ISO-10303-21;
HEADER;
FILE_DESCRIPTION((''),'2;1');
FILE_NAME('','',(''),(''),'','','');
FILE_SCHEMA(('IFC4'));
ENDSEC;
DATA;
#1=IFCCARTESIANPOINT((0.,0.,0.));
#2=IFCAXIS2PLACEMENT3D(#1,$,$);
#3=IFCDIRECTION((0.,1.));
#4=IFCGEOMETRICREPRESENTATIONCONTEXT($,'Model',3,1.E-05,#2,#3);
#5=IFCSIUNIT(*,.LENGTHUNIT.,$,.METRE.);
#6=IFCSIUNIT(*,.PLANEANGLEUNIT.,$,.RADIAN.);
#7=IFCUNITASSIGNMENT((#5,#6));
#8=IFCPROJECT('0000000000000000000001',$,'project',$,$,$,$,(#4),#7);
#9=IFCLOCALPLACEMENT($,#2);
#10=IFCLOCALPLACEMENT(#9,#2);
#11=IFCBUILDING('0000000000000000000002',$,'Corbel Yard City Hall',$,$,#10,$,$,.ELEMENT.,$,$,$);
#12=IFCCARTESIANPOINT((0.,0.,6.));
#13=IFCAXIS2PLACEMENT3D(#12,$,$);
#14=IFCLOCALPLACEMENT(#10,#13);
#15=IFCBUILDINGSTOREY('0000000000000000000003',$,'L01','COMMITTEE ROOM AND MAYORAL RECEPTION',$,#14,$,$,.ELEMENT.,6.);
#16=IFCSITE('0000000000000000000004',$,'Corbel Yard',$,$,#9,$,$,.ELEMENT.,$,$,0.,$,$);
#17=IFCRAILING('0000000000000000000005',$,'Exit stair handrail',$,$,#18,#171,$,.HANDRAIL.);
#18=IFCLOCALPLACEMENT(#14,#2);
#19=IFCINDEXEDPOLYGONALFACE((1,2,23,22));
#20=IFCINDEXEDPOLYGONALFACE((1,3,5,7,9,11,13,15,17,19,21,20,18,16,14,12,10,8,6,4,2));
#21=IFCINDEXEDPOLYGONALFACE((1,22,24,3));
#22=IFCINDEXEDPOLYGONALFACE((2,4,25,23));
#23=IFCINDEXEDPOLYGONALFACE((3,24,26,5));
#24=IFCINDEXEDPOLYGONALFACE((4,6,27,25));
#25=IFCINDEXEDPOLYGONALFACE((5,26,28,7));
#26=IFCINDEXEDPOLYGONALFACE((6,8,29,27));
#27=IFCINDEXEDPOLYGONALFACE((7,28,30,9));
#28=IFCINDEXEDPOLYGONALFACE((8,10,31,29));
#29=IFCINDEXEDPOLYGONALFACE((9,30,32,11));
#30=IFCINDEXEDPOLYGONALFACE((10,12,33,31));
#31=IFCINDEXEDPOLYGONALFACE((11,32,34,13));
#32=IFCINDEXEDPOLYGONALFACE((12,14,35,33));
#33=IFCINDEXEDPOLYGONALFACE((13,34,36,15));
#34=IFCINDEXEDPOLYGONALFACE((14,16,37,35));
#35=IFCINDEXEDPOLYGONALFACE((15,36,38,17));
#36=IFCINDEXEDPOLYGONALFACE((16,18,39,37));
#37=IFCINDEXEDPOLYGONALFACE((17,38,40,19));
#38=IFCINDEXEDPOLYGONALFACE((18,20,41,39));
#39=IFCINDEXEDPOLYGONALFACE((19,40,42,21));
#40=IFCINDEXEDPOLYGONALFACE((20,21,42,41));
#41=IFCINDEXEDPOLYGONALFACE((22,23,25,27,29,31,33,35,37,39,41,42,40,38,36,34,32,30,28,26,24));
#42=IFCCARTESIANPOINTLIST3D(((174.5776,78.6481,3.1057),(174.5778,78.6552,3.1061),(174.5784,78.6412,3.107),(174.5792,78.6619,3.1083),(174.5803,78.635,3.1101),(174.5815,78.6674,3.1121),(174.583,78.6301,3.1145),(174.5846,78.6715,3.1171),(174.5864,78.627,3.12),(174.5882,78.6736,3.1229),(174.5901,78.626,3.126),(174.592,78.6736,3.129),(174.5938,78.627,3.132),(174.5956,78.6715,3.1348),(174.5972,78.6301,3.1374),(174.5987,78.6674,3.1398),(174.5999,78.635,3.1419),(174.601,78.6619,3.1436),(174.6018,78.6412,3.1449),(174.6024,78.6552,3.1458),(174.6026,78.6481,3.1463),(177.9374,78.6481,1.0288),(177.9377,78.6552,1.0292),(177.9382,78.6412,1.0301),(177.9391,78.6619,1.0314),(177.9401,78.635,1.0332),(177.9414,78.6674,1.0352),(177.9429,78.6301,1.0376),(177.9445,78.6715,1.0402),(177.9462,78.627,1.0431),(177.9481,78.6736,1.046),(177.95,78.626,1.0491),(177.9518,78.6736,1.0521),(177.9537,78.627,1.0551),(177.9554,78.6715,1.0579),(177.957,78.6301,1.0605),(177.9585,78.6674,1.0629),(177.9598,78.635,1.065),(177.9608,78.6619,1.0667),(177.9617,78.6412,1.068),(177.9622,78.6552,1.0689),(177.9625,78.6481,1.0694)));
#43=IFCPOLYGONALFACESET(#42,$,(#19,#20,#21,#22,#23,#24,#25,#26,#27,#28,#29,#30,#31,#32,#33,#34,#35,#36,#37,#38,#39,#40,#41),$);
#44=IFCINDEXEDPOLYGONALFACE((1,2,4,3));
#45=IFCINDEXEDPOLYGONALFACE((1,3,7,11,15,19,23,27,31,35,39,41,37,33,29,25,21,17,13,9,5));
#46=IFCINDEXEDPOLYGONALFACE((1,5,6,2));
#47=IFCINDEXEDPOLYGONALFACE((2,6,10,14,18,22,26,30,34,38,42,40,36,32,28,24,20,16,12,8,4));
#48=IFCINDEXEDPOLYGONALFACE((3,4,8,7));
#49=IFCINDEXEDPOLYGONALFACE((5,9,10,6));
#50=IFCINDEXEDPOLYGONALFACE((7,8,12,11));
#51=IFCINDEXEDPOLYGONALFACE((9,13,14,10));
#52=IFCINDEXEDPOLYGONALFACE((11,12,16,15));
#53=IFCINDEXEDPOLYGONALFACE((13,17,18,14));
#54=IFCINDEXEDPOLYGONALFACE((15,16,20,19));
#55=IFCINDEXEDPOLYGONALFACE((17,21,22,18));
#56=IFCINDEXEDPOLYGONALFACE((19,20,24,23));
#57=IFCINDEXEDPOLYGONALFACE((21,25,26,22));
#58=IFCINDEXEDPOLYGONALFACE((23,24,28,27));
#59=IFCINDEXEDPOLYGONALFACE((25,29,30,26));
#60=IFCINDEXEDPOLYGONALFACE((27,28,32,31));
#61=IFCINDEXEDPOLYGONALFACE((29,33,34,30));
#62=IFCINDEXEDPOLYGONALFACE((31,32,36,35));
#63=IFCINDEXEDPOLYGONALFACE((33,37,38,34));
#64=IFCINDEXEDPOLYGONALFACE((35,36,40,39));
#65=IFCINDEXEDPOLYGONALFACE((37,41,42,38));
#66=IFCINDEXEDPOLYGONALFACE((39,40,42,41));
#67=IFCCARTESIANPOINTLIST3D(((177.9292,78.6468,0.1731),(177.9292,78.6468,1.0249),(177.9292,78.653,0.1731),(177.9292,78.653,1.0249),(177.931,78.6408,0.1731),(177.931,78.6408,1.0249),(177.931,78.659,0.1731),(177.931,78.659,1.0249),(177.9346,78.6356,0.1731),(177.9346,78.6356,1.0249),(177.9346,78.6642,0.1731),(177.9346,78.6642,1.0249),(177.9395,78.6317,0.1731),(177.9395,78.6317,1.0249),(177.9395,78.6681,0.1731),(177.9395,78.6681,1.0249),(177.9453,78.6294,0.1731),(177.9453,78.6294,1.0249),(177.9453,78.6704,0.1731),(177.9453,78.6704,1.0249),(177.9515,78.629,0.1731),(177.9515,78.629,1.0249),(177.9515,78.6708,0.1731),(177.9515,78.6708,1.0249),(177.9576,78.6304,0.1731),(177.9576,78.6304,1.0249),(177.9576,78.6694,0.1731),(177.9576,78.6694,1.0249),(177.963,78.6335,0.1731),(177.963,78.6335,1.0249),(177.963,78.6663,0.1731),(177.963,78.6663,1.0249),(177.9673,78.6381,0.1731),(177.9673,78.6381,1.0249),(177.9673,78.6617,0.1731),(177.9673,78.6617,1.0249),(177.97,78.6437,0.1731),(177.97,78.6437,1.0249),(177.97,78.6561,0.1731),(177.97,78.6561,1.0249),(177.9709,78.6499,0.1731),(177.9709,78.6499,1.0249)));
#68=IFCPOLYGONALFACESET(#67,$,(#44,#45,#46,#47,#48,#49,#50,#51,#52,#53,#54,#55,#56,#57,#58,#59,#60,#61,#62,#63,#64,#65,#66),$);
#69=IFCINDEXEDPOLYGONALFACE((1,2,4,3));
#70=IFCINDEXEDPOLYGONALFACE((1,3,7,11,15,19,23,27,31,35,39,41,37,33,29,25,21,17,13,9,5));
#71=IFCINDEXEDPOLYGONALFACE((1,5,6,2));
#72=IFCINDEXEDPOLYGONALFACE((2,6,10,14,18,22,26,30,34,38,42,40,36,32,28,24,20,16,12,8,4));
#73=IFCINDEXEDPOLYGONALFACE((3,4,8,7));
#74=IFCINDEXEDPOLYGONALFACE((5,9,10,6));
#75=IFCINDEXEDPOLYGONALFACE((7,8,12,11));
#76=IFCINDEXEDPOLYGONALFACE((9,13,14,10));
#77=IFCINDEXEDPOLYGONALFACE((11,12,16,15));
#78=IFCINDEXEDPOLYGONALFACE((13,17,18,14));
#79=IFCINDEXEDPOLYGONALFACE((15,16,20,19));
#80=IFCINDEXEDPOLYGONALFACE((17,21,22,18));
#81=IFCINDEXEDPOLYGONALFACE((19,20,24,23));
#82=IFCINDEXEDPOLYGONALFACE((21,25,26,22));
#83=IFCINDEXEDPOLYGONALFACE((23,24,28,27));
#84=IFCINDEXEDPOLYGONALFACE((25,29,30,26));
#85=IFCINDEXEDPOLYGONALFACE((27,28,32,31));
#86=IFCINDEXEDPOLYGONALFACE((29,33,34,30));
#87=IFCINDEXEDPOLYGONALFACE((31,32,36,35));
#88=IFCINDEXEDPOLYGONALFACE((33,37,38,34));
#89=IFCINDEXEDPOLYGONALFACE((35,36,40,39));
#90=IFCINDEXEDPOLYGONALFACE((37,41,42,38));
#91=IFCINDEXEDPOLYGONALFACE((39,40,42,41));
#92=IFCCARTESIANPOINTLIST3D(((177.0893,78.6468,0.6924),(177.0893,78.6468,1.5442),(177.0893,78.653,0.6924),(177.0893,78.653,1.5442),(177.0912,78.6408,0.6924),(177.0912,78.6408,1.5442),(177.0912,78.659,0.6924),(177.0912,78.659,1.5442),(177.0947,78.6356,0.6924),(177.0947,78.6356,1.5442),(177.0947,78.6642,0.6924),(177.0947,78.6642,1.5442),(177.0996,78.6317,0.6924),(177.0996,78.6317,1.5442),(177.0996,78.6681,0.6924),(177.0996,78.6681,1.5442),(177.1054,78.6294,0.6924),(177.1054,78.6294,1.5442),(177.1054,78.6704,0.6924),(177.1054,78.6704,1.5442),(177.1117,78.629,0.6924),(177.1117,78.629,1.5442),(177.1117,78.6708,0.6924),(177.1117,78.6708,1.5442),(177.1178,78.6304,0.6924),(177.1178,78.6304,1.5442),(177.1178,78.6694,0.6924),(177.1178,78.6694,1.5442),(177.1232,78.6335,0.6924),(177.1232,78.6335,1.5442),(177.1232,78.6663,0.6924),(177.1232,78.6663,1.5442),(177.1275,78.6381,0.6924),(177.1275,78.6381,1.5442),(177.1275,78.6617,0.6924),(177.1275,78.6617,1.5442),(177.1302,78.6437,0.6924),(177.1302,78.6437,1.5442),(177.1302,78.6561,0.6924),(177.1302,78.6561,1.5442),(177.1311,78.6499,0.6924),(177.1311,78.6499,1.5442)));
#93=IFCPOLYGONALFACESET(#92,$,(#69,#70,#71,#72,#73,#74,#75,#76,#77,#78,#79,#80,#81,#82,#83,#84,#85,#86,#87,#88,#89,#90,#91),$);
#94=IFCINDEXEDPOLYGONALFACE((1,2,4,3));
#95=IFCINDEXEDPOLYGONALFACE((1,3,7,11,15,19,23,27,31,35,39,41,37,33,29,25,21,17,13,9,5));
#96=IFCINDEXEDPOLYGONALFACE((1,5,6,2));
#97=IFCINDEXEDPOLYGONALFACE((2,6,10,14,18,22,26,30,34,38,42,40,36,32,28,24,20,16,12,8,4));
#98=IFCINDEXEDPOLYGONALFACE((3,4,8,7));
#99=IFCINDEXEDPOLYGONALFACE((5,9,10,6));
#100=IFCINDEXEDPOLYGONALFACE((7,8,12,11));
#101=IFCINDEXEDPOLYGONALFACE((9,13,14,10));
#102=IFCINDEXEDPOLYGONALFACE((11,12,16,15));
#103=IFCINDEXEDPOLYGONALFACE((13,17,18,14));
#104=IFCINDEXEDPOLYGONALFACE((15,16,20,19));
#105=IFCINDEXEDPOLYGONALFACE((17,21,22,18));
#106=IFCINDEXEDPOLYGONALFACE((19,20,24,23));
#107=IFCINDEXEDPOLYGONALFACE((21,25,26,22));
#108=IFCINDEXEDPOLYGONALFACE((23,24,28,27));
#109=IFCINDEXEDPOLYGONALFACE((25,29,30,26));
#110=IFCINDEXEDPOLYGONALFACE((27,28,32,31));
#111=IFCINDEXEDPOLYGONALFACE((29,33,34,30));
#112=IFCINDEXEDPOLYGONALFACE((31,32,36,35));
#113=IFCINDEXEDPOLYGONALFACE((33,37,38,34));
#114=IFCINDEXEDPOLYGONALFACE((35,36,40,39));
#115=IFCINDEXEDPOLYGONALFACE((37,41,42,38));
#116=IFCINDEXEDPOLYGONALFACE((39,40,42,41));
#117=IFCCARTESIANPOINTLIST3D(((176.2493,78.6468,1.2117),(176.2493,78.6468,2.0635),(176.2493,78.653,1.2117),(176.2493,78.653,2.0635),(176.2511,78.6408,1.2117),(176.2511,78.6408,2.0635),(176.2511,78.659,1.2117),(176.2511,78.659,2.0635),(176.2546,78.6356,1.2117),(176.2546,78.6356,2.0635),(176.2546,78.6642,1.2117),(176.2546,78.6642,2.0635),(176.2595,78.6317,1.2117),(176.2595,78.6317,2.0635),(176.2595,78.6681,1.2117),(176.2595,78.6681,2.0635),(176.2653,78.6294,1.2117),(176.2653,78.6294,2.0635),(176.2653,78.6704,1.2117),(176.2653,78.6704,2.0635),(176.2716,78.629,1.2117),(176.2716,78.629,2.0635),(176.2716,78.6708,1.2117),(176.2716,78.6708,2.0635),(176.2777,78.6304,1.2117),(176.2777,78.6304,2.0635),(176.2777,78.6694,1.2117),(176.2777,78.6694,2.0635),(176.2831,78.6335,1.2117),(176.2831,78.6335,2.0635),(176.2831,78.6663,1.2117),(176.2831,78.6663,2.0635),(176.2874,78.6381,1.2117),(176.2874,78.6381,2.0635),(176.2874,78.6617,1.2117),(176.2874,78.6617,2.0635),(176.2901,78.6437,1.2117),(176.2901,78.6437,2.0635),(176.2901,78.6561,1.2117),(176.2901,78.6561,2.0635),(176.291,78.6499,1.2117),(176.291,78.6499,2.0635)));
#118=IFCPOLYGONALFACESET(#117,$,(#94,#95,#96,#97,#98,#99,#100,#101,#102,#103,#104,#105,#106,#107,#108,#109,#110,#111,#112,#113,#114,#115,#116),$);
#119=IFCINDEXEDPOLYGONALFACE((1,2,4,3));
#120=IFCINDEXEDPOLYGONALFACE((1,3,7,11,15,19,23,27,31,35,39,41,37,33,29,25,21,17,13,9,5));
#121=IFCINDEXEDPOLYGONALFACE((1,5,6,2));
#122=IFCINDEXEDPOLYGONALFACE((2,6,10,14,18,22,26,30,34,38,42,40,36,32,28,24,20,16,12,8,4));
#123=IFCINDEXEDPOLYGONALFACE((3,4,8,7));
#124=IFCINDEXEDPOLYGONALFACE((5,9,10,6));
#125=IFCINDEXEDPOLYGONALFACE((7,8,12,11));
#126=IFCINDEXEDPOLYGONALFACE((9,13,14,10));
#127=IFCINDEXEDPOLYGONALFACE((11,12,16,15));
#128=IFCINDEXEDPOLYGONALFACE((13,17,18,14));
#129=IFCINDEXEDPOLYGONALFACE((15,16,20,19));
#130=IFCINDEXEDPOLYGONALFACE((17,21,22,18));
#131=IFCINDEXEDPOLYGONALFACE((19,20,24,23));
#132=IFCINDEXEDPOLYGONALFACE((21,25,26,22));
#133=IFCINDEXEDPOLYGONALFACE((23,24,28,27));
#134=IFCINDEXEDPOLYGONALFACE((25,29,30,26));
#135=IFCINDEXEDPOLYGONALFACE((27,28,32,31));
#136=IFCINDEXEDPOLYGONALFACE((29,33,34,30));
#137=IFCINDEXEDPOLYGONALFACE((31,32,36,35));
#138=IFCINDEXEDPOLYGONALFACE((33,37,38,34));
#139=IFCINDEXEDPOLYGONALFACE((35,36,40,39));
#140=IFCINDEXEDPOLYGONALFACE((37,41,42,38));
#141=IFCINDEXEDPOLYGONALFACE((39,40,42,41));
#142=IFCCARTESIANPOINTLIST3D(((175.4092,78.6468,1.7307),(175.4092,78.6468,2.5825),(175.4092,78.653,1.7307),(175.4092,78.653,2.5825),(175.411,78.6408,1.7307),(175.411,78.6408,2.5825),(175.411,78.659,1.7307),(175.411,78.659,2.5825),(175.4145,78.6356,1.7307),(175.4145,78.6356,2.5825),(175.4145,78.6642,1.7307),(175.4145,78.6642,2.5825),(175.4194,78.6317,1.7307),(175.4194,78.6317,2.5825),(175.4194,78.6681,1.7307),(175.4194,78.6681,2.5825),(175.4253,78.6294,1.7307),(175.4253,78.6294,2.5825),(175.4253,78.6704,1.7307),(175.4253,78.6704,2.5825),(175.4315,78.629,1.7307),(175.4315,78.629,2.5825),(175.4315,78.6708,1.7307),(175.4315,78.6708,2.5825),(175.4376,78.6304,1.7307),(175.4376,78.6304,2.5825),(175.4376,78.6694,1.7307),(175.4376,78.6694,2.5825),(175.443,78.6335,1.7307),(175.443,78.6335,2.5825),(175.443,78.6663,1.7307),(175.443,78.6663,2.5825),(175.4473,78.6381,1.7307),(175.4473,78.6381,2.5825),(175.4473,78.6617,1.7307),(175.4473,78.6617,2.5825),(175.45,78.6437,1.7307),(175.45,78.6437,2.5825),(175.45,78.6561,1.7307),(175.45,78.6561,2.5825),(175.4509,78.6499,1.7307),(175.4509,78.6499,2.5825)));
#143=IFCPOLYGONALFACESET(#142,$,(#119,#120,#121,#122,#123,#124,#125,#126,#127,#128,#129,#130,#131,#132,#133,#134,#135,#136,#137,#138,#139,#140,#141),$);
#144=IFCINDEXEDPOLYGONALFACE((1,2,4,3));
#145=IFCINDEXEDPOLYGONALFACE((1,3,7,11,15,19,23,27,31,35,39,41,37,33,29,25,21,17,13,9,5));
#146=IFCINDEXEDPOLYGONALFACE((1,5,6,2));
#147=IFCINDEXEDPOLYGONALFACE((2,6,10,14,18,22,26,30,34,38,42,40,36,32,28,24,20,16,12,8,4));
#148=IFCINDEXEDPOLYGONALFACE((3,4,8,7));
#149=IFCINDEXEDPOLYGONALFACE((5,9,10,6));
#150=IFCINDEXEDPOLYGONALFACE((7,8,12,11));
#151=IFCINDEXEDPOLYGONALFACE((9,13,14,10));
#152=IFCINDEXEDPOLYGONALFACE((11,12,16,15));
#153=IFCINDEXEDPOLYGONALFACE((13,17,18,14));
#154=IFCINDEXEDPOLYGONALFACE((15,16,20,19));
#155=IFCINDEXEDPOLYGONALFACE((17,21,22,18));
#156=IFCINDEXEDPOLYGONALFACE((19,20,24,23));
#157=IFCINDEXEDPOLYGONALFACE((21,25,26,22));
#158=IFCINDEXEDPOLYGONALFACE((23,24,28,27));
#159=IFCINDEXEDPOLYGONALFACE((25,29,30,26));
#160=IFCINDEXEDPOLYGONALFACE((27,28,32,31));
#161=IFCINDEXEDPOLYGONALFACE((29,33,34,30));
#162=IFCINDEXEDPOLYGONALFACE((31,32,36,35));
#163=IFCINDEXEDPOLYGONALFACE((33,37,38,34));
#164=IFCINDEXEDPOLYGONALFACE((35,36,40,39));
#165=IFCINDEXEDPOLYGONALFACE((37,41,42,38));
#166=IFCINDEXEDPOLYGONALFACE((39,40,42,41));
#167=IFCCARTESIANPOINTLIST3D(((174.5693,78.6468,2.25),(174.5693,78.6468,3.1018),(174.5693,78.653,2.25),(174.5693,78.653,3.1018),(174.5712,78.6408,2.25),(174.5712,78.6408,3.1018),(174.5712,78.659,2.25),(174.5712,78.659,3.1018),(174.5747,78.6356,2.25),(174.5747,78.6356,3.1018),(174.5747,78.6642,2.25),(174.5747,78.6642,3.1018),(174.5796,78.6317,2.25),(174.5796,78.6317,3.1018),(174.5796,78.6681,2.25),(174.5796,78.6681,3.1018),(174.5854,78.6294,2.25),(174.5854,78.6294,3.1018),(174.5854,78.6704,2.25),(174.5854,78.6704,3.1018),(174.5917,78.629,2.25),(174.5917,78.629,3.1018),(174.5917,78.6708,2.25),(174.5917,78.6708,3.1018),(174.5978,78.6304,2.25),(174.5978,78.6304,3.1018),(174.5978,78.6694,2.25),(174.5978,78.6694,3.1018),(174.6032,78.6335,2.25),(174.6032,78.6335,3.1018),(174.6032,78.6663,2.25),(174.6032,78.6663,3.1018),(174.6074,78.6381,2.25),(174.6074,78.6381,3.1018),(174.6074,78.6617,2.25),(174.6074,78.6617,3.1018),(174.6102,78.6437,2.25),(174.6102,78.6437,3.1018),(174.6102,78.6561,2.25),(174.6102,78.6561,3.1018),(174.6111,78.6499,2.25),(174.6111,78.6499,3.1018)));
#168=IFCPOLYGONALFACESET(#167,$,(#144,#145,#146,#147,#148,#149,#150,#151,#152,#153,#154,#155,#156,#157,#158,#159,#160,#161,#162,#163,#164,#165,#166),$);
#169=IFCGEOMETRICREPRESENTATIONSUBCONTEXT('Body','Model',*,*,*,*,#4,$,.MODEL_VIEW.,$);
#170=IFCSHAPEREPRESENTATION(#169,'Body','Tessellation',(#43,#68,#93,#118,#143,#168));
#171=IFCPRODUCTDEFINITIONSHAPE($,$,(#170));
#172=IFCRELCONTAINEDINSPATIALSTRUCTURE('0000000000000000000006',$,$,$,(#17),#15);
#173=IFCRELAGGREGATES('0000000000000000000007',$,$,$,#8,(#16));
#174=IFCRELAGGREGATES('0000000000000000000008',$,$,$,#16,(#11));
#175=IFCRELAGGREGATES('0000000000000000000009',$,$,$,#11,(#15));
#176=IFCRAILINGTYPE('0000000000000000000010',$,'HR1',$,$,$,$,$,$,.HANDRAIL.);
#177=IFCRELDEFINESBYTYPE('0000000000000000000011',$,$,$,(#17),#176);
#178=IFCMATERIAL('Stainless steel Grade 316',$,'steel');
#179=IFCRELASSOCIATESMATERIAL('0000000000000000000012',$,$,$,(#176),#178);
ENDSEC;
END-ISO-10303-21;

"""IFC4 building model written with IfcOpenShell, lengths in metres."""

from ifc_helpers import new_model, si_unit, direction, frame, origin, origin_2d, place, context, subcontext, project, spatial, circle, extrude, material, type_object, element, save


model = new_model("IFC4")

# Units and contexts
model_context = context("Model", 3, precision=1e-05, world=origin(), true_north=direction((0.0, 1.0)))
body_context = subcontext(model_context, "Body", "Model", "MODEL_VIEW")
ifc_project = project(units=[si_unit("LENGTHUNIT", "METRE"), si_unit("PLANEANGLEUNIT", "RADIAN")], contexts=[model_context])

# Site, building, storey
site_placement = place(None, origin())
site = spatial("IfcSite", under=ifc_project, at=site_placement, Name="Corbel Yard", CompositionType="ELEMENT", RefElevation=0.0)
building_placement = place(site_placement, origin())
building = spatial("IfcBuilding", under=site, at=building_placement, Name="Corbel Yard City Hall", CompositionType="ELEMENT")
storey_placement = place(building_placement, frame((0.0, 0.0, 6.0)))
storey = spatial("IfcBuildingStorey", under=building, at=storey_placement, Name="L01", Description="COMMITTEE ROOM AND MAYORAL RECEPTION", CompositionType="ELEMENT", Elevation=6.0)

# Shared definitions
ifc_material_1 = material(Name="Stainless steel Grade 316", Category="steel")

# Railing
railing_type_1 = type_object("IfcRailingType", Name="HR1", PredefinedType="HANDRAIL", material=ifc_material_1)
for number, where, name in (
    (1, (177.95, 78.6499, 0.1731), "Exit stair handrail"),
):
    element("IfcRailing", number, at=place(storey_placement, frame(where)), inside=storey, type_object=railing_type_1, Name=name, PredefinedType="HANDRAIL", context=body_context, shape_type="SweptSolid", body=[
        extrude(circle(Radius=0.0239, at=origin_2d()), frame((0.0, 0.0, 0.876), z_axis=(-0.850606, 0.0, 0.525803), x_axis=(0.0, -1.0, 0.0)), (0.0, 0.0, 1.0), 3.95),
        extrude(circle(Radius=0.021, at=origin_2d()), origin(), (0.0, 0.0, 1.0), 0.8518),
        extrude(circle(Radius=0.021, at=origin_2d()), frame((-0.8398, 0.0, 0.5193)), (0.0, 0.0, 1.0), 0.8518),
        extrude(circle(Radius=0.021, at=origin_2d()), frame((-1.6799, 0.0, 1.0386)), (0.0, 0.0, 1.0), 0.8518),
        extrude(circle(Radius=0.021, at=origin_2d()), frame((-2.52, 0.0, 1.5576)), (0.0, 0.0, 1.0), 0.8518),
        extrude(circle(Radius=0.021, at=origin_2d()), frame((-3.3599, 0.0, 2.0769)), (0.0, 0.0, 1.0), 0.8518),
    ])

save(model, "model.ifc")
